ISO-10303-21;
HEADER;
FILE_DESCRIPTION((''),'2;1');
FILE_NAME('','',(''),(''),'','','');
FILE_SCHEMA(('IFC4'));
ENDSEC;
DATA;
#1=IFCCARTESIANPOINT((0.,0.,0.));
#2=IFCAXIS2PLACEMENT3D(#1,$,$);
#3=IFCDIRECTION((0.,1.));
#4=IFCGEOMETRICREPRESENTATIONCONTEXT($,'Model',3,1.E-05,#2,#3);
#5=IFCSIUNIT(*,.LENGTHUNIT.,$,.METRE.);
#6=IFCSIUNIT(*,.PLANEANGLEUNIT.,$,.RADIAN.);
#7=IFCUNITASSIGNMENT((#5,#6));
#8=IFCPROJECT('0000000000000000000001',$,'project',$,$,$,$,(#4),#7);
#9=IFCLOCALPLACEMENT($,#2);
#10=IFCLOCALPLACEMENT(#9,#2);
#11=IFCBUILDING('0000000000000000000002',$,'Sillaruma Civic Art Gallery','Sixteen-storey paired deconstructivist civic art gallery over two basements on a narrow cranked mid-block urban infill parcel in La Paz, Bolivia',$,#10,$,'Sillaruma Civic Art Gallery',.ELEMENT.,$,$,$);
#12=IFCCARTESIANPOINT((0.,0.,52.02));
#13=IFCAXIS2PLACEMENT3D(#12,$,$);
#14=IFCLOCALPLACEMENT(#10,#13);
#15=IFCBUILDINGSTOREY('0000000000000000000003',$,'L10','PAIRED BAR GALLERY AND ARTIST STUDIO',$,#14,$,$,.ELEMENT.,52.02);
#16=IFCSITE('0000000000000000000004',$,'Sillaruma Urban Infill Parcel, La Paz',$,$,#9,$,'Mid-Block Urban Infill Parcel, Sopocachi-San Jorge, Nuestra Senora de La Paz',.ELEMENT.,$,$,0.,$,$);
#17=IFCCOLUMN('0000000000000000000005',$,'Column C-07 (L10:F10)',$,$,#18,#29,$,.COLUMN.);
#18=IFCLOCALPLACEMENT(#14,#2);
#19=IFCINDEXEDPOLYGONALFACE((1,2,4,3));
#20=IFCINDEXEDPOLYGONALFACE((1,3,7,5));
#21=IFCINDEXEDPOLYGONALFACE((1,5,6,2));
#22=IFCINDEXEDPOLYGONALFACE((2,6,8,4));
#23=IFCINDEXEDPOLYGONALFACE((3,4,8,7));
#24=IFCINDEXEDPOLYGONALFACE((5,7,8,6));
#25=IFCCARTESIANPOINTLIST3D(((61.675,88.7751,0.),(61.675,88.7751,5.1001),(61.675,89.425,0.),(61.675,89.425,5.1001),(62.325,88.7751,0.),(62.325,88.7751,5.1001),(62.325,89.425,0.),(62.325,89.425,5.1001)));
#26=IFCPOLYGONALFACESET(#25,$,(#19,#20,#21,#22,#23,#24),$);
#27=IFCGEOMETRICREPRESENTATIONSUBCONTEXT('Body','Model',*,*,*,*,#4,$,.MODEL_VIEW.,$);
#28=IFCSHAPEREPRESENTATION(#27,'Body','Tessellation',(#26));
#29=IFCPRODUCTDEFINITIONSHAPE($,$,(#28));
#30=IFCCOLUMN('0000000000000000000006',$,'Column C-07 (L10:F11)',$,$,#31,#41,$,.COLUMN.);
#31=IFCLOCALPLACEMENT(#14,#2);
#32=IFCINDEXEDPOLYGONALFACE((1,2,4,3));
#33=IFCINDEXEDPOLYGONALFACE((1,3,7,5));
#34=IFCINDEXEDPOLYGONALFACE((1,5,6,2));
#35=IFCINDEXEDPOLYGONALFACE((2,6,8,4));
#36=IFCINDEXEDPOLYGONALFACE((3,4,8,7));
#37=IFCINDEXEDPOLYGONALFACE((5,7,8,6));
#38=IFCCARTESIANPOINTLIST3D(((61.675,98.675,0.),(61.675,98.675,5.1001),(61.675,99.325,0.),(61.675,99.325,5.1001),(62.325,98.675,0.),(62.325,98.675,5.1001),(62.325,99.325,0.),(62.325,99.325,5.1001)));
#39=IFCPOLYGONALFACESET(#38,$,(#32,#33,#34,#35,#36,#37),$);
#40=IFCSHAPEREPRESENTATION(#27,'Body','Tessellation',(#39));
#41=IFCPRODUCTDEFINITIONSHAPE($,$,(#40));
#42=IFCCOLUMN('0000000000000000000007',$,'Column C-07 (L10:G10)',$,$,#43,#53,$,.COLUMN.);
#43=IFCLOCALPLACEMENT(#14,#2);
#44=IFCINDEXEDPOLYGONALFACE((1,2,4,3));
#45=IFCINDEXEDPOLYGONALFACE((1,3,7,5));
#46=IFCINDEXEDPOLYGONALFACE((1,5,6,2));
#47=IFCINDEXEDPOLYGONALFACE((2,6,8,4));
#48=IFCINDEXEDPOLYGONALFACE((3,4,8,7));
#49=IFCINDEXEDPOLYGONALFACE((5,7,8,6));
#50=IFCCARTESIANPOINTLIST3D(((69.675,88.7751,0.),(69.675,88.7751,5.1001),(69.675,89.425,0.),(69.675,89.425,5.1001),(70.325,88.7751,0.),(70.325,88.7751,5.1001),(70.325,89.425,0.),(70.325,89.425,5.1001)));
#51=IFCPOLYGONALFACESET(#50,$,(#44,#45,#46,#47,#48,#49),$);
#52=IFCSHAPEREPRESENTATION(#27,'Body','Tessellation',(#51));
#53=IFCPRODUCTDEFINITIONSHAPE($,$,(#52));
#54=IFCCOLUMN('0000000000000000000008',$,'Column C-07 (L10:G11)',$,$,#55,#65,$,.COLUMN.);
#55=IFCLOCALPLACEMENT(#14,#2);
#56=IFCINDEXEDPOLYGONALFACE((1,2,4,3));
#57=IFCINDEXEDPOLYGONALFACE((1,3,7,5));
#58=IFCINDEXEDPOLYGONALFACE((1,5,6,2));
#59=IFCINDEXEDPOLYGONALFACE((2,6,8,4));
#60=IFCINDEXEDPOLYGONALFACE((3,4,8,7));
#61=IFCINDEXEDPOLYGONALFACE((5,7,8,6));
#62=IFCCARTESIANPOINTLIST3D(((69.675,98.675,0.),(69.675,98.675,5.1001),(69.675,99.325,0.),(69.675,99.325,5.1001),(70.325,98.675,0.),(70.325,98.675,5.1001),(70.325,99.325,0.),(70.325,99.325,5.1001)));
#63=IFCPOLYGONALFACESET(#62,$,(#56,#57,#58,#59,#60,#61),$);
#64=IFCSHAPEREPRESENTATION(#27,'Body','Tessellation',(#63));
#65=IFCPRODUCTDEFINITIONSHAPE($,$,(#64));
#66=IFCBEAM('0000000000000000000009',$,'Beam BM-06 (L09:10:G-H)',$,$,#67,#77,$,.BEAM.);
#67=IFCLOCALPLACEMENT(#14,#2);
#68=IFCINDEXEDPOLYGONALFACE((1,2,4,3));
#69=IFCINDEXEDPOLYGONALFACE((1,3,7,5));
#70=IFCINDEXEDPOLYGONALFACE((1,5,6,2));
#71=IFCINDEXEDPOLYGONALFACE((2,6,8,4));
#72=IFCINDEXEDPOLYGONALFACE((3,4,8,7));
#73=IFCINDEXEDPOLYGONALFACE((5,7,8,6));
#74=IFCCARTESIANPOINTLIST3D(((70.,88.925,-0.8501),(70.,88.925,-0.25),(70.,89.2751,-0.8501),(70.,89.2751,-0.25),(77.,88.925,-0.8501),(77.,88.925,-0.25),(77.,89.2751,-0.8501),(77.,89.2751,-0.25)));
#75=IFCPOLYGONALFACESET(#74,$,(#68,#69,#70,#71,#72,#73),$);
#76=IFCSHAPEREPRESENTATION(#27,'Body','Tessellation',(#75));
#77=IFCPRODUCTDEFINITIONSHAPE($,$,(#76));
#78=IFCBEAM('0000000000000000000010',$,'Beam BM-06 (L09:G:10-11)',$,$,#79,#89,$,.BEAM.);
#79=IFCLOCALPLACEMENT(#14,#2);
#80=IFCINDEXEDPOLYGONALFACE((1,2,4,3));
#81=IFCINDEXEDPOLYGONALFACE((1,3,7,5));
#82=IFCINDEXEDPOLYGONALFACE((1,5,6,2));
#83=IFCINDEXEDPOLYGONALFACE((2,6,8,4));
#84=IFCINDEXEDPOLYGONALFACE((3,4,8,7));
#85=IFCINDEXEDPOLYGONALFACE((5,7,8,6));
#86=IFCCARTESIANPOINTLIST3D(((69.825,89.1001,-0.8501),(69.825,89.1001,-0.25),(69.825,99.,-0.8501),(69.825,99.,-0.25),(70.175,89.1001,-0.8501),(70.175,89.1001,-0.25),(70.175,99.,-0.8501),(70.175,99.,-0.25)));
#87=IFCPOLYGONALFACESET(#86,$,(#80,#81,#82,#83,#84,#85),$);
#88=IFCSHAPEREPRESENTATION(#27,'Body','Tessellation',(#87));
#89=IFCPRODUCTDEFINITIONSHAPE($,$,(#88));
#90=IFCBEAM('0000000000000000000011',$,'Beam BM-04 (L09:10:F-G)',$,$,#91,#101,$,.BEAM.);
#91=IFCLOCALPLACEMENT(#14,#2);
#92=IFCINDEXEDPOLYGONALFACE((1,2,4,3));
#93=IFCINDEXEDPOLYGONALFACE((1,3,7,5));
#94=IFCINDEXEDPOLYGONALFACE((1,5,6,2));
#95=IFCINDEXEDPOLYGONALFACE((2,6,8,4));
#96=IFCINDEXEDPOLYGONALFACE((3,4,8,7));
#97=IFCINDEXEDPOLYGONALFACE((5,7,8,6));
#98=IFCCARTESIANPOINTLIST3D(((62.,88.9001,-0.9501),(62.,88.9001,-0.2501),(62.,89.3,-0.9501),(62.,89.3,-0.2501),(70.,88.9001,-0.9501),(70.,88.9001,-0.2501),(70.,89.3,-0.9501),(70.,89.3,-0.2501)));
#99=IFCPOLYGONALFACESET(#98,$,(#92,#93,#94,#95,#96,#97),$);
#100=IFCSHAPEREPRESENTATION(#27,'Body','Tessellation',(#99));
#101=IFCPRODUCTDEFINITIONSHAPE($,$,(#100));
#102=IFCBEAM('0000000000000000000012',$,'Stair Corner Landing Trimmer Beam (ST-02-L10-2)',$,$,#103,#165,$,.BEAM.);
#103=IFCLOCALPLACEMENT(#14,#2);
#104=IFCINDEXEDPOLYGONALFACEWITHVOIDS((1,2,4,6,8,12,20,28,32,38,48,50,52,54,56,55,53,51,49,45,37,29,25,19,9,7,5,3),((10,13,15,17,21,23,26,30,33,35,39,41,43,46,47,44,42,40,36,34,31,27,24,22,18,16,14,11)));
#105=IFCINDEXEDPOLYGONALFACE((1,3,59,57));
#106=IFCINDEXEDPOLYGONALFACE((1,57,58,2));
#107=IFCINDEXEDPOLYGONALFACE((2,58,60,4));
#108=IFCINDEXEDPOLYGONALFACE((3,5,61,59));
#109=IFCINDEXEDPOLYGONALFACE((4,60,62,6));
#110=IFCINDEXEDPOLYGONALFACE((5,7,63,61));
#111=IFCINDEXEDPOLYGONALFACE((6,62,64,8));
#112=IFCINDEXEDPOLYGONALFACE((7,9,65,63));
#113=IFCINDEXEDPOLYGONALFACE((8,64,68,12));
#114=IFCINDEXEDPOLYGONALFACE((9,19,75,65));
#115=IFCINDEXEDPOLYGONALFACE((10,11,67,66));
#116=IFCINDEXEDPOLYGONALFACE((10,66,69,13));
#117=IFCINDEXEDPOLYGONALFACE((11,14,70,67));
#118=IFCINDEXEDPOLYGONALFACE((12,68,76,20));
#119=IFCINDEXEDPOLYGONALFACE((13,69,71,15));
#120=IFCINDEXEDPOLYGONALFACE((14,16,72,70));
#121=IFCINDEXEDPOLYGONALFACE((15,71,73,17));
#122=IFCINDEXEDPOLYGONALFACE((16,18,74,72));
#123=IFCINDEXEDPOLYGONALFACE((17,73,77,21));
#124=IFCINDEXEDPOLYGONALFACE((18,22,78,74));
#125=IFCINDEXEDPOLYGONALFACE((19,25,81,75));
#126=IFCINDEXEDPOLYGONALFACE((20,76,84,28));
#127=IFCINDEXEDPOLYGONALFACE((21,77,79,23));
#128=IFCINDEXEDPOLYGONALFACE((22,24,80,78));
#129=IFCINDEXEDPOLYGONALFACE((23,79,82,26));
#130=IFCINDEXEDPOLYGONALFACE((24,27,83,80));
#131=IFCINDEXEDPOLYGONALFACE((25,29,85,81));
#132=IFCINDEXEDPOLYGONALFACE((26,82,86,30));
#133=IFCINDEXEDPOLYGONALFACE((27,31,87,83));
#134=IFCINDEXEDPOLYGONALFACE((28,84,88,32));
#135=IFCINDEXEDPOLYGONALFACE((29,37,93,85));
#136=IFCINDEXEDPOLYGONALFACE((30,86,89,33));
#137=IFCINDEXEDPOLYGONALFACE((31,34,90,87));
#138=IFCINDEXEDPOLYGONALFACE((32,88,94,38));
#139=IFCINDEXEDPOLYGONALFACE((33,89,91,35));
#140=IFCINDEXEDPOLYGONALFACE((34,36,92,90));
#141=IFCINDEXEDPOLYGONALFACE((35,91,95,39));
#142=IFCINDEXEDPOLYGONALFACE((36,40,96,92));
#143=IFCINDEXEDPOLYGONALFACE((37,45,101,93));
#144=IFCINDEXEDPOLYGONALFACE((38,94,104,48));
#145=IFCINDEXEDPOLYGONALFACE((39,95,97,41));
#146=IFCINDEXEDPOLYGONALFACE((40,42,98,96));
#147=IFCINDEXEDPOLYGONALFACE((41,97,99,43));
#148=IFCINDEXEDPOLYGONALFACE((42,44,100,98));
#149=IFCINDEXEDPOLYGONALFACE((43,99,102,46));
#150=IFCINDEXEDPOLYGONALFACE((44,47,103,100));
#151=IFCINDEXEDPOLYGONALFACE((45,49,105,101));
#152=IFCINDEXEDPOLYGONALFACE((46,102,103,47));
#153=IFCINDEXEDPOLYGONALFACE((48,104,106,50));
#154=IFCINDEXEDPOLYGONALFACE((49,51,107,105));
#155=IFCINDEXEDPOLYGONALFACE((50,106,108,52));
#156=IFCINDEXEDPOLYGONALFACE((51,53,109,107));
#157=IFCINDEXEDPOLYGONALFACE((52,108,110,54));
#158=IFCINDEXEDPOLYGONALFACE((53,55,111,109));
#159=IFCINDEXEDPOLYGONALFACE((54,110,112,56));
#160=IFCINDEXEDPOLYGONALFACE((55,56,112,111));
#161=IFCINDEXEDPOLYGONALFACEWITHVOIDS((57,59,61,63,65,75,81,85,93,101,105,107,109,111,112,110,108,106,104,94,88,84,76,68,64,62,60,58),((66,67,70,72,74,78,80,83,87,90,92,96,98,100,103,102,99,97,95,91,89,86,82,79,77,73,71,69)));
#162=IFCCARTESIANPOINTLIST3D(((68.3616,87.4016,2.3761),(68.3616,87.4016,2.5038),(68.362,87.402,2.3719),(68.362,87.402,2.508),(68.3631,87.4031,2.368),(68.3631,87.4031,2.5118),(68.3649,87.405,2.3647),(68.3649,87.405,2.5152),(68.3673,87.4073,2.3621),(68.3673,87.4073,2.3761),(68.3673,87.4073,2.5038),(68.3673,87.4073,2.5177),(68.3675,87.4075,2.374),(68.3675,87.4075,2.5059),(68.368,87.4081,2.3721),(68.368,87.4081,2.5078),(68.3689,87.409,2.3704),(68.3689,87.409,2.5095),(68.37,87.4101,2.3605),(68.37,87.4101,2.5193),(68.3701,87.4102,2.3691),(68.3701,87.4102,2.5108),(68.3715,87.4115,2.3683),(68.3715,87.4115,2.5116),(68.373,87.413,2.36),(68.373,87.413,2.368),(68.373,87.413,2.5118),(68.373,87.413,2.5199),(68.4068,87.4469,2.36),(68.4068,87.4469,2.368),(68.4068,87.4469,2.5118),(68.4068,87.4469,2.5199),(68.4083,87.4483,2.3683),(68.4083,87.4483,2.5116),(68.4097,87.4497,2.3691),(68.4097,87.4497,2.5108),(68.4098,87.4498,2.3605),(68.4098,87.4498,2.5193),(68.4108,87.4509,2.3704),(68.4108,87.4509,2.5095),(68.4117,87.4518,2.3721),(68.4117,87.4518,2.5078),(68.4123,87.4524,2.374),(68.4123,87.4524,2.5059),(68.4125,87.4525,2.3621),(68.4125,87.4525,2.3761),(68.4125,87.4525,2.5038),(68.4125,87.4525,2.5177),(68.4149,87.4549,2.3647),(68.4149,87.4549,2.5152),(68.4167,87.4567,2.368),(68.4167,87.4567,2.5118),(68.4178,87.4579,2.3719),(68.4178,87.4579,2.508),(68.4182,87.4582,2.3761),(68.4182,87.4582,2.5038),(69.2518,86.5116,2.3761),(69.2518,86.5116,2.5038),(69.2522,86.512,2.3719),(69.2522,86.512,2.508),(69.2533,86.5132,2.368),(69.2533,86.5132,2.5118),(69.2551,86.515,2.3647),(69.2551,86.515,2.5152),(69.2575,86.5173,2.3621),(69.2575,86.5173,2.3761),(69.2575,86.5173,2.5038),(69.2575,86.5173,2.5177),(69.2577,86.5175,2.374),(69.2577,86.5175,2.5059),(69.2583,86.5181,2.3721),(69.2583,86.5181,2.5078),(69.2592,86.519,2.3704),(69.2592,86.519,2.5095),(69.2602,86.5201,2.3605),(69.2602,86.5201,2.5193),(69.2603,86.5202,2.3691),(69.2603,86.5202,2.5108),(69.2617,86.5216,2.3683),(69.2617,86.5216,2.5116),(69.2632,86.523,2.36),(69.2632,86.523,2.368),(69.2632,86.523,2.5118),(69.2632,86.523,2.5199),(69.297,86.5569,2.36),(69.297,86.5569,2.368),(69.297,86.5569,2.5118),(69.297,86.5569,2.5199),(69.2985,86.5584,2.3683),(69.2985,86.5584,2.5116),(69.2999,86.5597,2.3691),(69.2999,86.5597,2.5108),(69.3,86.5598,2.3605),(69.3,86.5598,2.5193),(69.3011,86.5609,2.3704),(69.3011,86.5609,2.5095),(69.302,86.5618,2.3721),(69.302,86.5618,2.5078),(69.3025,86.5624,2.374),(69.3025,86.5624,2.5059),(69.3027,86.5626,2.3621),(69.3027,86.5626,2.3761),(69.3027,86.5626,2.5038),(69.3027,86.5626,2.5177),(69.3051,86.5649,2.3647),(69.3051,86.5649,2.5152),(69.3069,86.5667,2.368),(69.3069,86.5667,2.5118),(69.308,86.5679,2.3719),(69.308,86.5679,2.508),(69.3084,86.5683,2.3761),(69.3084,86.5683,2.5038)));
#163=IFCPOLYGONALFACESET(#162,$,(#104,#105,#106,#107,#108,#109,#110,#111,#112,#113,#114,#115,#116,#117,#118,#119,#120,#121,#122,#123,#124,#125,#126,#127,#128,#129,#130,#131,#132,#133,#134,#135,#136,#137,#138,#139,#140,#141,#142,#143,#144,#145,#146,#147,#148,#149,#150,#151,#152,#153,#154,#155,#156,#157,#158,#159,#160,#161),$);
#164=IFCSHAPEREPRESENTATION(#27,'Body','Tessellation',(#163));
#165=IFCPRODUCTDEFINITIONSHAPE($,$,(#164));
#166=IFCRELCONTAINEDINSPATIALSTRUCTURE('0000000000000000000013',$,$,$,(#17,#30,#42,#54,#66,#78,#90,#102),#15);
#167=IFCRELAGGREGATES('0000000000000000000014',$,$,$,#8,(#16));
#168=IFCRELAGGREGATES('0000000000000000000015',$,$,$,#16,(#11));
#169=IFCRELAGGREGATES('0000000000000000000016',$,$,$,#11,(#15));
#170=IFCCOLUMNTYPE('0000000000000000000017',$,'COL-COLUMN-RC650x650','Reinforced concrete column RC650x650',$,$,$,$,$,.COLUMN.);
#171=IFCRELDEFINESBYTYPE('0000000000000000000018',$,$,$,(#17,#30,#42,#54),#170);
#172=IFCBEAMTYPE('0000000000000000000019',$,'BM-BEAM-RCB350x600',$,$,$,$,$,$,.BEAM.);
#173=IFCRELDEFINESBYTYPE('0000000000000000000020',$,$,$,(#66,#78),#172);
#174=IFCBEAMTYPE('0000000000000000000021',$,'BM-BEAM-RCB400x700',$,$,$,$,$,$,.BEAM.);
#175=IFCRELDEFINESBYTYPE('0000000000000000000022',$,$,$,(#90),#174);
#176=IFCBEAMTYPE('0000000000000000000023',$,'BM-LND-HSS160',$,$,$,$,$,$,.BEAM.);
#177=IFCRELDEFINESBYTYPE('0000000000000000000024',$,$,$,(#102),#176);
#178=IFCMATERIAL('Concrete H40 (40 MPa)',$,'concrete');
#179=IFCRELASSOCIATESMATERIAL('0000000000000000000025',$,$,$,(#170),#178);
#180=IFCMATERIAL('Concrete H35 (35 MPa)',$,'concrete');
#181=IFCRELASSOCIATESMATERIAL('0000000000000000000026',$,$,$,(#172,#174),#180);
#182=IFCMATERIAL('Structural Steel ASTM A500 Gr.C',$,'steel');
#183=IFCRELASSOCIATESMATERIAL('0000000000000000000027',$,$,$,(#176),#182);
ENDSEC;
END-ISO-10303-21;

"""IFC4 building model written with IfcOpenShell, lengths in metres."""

from ifc_helpers import new_model, si_unit, direction, frame, origin, origin_2d, place, context, subcontext, project, spatial, rectangle, hollow_rectangle, extrude, material, material_profile, profile_set, type_object, element, save


model = new_model("IFC4")

# Units and contexts
model_context = context("Model", 3, precision=1e-05, world=origin(), true_north=direction((0.0, 1.0)))
body_context = subcontext(model_context, "Body", "Model", "MODEL_VIEW")
ifc_project = project(units=[si_unit("LENGTHUNIT", "METRE"), si_unit("PLANEANGLEUNIT", "RADIAN")], contexts=[model_context])

# Site, building, storey
site_placement = place(None, origin())
site = spatial("IfcSite", under=ifc_project, at=site_placement, Name="Sillaruma Urban Infill Parcel, La Paz", LongName="Mid-Block Urban Infill Parcel, Sopocachi-San Jorge, Nuestra Senora de La Paz", CompositionType="ELEMENT", RefElevation=0.0)
building_placement = place(site_placement, origin())
building = spatial("IfcBuilding", under=site, at=building_placement, Name="Sillaruma Civic Art Gallery", Description="Sixteen-storey paired deconstructivist civic art gallery over two basements on a narrow cranked mid-block urban infill parcel in La Paz, Bolivia", LongName="Sillaruma Civic Art Gallery", CompositionType="ELEMENT")
storey_placement = place(building_placement, frame((0.0, 0.0, 52.02)))
storey = spatial("IfcBuildingStorey", under=building, at=storey_placement, Name="L10", Description="PAIRED BAR GALLERY AND ARTIST STUDIO", CompositionType="ELEMENT", Elevation=52.02)

# Columns
ifc_material_1 = material(Name="Concrete H40 (40 MPa)", Category="concrete")
ifc_material_profile_1 = material_profile(ifc_material_1, rectangle(XDim=0.6499, YDim=0.6499, at=origin_2d()), Name="RC650x650")
ifc_profile_set_1 = profile_set([ifc_material_profile_1], Name="Concrete H40 (40 MPa)")
column_type = type_object("IfcColumnType", Name="COL-COLUMN-RC650x650", Description="Reinforced concrete column RC650x650", PredefinedType="COLUMN", material=ifc_profile_set_1)
for number, where, z_axis, x_axis, name in (
    (1, (62.0, 89.1001, 0.0), (0.0, 0.0, 1.0), (1.0, 0.0, 0.0), "Column C-07 (L10:F10)"),
    (2, (62.0, 99.0, 0.0), (0.0, 0.0, 1.0), (1.0, 0.0, 0.0), "Column C-07 (L10:F11)"),
    (3, (70.0, 89.1001, 0.0), (0.0, 0.0, 1.0), (1.0, 0.0, 0.0), "Column C-07 (L10:G10)"),
    (4, (70.0, 99.0, 0.0), (0.0, 0.0, 1.0), (1.0, 0.0, 0.0), "Column C-07 (L10:G11)"),
):
    element("IfcColumn", number, at=place(storey_placement, frame(where, z_axis=z_axis, x_axis=x_axis)), inside=storey, type_object=column_type, Name=name, PredefinedType="COLUMN", context=body_context, shape_type="SweptSolid", body=[
        extrude(rectangle(XDim=0.6499, YDim=0.6499, at=origin_2d()), origin(), (0.0, 0.0, 1.0), 5.1001),
    ])

# Beams
ifc_material_2 = material(Name="Concrete H35 (35 MPa)", Category="concrete")
ifc_material_profile_2 = material_profile(ifc_material_2, rectangle(XDim=0.3501, YDim=0.6001, at=origin_2d()), Name="RCB350x600")
ifc_profile_set_2 = profile_set([ifc_material_profile_2], Name="Concrete H35 (35 MPa)")
beam_type_1 = type_object("IfcBeamType", Name="BM-BEAM-RCB350x600", PredefinedType="BEAM", material=ifc_profile_set_2)
beam_1_placement = place(storey_placement, frame((70.0, 89.1001, -0.55), z_axis=(1.0, 0.0, 0.0), x_axis=(0.0, 1.0, 0.0)))
element("IfcBeam", 5, at=beam_1_placement, inside=storey, type_object=beam_type_1, Name="Beam BM-06 (L09:10:G-H)", PredefinedType="BEAM", context=body_context, shape_type="SweptSolid", body=[
    extrude(rectangle(XDim=0.3501, YDim=0.6001, at=origin_2d()), origin(), (0.0, 0.0, 1.0), 7.0),
])
beam_2_placement = place(storey_placement, frame((70.0, 89.1001, -0.55), z_axis=(0.0, 1.0, 0.0), x_axis=(-1.0, 0.0, 0.0)))
element("IfcBeam", 6, at=beam_2_placement, inside=storey, type_object=beam_type_1, Name="Beam BM-06 (L09:G:10-11)", PredefinedType="BEAM", context=body_context, shape_type="SweptSolid", body=[
    extrude(rectangle(XDim=0.3501, YDim=0.6001, at=origin_2d()), origin(), (0.0, 0.0, 1.0), 9.8999),
])
ifc_material_profile_3 = material_profile(ifc_material_2, rectangle(XDim=0.3999, YDim=0.7, at=origin_2d()), Name="RCB400x700")
ifc_profile_set_3 = profile_set([ifc_material_profile_3], Name="Concrete H35 (35 MPa)")
beam_type_2 = type_object("IfcBeamType", Name="BM-BEAM-RCB400x700", PredefinedType="BEAM", material=ifc_profile_set_3)
beam_3_placement = place(storey_placement, frame((62.0, 89.1001, -0.6001), z_axis=(1.0, 0.0, 0.0), x_axis=(0.0, 1.0, 0.0)))
element("IfcBeam", 7, at=beam_3_placement, inside=storey, type_object=beam_type_2, Name="Beam BM-04 (L09:10:F-G)", PredefinedType="BEAM", context=body_context, shape_type="SweptSolid", body=[
    extrude(rectangle(XDim=0.3999, YDim=0.7, at=origin_2d()), origin(), (0.0, 0.0, 1.0), 8.0),
])
ifc_material_3 = material(Name="Structural Steel ASTM A500 Gr.C", Category="steel")
ifc_material_profile_4 = material_profile(ifc_material_3, hollow_rectangle(XDim=0.0801, YDim=0.1599, WallThickness=0.0081, InnerFilletRadius=0.0081, OuterFilletRadius=0.0161, at=origin_2d()), Name="HSS160x80x8")
ifc_profile_set_4 = profile_set([ifc_material_profile_4], Name="Structural Steel ASTM A500 Gr.C")
beam_type_3 = type_object("IfcBeamType", Name="BM-LND-HSS160", PredefinedType="BEAM", material=ifc_profile_set_4)
for number, where, z_axis, x_axis, name in (
    (8, (68.3899, 87.4299, 2.4399), (0.707204, -0.70701, 0.0), (0.70701, 0.707204, 0.0), "Stair Corner Landing Trimmer Beam (ST-02-L10-2)"),
):
    element("IfcBeam", number, at=place(storey_placement, frame(where, z_axis=z_axis, x_axis=x_axis)), inside=storey, type_object=beam_type_3, Name=name, PredefinedType="BEAM", context=body_context, shape_type="SweptSolid", body=[
        extrude(hollow_rectangle(XDim=0.0801, YDim=0.1599, WallThickness=0.0081, InnerFilletRadius=0.0081, OuterFilletRadius=0.0161, at=origin_2d()), origin(), (0.0, 0.0, 1.0), 1.2588),
    ])

save(model, "model.ifc")
